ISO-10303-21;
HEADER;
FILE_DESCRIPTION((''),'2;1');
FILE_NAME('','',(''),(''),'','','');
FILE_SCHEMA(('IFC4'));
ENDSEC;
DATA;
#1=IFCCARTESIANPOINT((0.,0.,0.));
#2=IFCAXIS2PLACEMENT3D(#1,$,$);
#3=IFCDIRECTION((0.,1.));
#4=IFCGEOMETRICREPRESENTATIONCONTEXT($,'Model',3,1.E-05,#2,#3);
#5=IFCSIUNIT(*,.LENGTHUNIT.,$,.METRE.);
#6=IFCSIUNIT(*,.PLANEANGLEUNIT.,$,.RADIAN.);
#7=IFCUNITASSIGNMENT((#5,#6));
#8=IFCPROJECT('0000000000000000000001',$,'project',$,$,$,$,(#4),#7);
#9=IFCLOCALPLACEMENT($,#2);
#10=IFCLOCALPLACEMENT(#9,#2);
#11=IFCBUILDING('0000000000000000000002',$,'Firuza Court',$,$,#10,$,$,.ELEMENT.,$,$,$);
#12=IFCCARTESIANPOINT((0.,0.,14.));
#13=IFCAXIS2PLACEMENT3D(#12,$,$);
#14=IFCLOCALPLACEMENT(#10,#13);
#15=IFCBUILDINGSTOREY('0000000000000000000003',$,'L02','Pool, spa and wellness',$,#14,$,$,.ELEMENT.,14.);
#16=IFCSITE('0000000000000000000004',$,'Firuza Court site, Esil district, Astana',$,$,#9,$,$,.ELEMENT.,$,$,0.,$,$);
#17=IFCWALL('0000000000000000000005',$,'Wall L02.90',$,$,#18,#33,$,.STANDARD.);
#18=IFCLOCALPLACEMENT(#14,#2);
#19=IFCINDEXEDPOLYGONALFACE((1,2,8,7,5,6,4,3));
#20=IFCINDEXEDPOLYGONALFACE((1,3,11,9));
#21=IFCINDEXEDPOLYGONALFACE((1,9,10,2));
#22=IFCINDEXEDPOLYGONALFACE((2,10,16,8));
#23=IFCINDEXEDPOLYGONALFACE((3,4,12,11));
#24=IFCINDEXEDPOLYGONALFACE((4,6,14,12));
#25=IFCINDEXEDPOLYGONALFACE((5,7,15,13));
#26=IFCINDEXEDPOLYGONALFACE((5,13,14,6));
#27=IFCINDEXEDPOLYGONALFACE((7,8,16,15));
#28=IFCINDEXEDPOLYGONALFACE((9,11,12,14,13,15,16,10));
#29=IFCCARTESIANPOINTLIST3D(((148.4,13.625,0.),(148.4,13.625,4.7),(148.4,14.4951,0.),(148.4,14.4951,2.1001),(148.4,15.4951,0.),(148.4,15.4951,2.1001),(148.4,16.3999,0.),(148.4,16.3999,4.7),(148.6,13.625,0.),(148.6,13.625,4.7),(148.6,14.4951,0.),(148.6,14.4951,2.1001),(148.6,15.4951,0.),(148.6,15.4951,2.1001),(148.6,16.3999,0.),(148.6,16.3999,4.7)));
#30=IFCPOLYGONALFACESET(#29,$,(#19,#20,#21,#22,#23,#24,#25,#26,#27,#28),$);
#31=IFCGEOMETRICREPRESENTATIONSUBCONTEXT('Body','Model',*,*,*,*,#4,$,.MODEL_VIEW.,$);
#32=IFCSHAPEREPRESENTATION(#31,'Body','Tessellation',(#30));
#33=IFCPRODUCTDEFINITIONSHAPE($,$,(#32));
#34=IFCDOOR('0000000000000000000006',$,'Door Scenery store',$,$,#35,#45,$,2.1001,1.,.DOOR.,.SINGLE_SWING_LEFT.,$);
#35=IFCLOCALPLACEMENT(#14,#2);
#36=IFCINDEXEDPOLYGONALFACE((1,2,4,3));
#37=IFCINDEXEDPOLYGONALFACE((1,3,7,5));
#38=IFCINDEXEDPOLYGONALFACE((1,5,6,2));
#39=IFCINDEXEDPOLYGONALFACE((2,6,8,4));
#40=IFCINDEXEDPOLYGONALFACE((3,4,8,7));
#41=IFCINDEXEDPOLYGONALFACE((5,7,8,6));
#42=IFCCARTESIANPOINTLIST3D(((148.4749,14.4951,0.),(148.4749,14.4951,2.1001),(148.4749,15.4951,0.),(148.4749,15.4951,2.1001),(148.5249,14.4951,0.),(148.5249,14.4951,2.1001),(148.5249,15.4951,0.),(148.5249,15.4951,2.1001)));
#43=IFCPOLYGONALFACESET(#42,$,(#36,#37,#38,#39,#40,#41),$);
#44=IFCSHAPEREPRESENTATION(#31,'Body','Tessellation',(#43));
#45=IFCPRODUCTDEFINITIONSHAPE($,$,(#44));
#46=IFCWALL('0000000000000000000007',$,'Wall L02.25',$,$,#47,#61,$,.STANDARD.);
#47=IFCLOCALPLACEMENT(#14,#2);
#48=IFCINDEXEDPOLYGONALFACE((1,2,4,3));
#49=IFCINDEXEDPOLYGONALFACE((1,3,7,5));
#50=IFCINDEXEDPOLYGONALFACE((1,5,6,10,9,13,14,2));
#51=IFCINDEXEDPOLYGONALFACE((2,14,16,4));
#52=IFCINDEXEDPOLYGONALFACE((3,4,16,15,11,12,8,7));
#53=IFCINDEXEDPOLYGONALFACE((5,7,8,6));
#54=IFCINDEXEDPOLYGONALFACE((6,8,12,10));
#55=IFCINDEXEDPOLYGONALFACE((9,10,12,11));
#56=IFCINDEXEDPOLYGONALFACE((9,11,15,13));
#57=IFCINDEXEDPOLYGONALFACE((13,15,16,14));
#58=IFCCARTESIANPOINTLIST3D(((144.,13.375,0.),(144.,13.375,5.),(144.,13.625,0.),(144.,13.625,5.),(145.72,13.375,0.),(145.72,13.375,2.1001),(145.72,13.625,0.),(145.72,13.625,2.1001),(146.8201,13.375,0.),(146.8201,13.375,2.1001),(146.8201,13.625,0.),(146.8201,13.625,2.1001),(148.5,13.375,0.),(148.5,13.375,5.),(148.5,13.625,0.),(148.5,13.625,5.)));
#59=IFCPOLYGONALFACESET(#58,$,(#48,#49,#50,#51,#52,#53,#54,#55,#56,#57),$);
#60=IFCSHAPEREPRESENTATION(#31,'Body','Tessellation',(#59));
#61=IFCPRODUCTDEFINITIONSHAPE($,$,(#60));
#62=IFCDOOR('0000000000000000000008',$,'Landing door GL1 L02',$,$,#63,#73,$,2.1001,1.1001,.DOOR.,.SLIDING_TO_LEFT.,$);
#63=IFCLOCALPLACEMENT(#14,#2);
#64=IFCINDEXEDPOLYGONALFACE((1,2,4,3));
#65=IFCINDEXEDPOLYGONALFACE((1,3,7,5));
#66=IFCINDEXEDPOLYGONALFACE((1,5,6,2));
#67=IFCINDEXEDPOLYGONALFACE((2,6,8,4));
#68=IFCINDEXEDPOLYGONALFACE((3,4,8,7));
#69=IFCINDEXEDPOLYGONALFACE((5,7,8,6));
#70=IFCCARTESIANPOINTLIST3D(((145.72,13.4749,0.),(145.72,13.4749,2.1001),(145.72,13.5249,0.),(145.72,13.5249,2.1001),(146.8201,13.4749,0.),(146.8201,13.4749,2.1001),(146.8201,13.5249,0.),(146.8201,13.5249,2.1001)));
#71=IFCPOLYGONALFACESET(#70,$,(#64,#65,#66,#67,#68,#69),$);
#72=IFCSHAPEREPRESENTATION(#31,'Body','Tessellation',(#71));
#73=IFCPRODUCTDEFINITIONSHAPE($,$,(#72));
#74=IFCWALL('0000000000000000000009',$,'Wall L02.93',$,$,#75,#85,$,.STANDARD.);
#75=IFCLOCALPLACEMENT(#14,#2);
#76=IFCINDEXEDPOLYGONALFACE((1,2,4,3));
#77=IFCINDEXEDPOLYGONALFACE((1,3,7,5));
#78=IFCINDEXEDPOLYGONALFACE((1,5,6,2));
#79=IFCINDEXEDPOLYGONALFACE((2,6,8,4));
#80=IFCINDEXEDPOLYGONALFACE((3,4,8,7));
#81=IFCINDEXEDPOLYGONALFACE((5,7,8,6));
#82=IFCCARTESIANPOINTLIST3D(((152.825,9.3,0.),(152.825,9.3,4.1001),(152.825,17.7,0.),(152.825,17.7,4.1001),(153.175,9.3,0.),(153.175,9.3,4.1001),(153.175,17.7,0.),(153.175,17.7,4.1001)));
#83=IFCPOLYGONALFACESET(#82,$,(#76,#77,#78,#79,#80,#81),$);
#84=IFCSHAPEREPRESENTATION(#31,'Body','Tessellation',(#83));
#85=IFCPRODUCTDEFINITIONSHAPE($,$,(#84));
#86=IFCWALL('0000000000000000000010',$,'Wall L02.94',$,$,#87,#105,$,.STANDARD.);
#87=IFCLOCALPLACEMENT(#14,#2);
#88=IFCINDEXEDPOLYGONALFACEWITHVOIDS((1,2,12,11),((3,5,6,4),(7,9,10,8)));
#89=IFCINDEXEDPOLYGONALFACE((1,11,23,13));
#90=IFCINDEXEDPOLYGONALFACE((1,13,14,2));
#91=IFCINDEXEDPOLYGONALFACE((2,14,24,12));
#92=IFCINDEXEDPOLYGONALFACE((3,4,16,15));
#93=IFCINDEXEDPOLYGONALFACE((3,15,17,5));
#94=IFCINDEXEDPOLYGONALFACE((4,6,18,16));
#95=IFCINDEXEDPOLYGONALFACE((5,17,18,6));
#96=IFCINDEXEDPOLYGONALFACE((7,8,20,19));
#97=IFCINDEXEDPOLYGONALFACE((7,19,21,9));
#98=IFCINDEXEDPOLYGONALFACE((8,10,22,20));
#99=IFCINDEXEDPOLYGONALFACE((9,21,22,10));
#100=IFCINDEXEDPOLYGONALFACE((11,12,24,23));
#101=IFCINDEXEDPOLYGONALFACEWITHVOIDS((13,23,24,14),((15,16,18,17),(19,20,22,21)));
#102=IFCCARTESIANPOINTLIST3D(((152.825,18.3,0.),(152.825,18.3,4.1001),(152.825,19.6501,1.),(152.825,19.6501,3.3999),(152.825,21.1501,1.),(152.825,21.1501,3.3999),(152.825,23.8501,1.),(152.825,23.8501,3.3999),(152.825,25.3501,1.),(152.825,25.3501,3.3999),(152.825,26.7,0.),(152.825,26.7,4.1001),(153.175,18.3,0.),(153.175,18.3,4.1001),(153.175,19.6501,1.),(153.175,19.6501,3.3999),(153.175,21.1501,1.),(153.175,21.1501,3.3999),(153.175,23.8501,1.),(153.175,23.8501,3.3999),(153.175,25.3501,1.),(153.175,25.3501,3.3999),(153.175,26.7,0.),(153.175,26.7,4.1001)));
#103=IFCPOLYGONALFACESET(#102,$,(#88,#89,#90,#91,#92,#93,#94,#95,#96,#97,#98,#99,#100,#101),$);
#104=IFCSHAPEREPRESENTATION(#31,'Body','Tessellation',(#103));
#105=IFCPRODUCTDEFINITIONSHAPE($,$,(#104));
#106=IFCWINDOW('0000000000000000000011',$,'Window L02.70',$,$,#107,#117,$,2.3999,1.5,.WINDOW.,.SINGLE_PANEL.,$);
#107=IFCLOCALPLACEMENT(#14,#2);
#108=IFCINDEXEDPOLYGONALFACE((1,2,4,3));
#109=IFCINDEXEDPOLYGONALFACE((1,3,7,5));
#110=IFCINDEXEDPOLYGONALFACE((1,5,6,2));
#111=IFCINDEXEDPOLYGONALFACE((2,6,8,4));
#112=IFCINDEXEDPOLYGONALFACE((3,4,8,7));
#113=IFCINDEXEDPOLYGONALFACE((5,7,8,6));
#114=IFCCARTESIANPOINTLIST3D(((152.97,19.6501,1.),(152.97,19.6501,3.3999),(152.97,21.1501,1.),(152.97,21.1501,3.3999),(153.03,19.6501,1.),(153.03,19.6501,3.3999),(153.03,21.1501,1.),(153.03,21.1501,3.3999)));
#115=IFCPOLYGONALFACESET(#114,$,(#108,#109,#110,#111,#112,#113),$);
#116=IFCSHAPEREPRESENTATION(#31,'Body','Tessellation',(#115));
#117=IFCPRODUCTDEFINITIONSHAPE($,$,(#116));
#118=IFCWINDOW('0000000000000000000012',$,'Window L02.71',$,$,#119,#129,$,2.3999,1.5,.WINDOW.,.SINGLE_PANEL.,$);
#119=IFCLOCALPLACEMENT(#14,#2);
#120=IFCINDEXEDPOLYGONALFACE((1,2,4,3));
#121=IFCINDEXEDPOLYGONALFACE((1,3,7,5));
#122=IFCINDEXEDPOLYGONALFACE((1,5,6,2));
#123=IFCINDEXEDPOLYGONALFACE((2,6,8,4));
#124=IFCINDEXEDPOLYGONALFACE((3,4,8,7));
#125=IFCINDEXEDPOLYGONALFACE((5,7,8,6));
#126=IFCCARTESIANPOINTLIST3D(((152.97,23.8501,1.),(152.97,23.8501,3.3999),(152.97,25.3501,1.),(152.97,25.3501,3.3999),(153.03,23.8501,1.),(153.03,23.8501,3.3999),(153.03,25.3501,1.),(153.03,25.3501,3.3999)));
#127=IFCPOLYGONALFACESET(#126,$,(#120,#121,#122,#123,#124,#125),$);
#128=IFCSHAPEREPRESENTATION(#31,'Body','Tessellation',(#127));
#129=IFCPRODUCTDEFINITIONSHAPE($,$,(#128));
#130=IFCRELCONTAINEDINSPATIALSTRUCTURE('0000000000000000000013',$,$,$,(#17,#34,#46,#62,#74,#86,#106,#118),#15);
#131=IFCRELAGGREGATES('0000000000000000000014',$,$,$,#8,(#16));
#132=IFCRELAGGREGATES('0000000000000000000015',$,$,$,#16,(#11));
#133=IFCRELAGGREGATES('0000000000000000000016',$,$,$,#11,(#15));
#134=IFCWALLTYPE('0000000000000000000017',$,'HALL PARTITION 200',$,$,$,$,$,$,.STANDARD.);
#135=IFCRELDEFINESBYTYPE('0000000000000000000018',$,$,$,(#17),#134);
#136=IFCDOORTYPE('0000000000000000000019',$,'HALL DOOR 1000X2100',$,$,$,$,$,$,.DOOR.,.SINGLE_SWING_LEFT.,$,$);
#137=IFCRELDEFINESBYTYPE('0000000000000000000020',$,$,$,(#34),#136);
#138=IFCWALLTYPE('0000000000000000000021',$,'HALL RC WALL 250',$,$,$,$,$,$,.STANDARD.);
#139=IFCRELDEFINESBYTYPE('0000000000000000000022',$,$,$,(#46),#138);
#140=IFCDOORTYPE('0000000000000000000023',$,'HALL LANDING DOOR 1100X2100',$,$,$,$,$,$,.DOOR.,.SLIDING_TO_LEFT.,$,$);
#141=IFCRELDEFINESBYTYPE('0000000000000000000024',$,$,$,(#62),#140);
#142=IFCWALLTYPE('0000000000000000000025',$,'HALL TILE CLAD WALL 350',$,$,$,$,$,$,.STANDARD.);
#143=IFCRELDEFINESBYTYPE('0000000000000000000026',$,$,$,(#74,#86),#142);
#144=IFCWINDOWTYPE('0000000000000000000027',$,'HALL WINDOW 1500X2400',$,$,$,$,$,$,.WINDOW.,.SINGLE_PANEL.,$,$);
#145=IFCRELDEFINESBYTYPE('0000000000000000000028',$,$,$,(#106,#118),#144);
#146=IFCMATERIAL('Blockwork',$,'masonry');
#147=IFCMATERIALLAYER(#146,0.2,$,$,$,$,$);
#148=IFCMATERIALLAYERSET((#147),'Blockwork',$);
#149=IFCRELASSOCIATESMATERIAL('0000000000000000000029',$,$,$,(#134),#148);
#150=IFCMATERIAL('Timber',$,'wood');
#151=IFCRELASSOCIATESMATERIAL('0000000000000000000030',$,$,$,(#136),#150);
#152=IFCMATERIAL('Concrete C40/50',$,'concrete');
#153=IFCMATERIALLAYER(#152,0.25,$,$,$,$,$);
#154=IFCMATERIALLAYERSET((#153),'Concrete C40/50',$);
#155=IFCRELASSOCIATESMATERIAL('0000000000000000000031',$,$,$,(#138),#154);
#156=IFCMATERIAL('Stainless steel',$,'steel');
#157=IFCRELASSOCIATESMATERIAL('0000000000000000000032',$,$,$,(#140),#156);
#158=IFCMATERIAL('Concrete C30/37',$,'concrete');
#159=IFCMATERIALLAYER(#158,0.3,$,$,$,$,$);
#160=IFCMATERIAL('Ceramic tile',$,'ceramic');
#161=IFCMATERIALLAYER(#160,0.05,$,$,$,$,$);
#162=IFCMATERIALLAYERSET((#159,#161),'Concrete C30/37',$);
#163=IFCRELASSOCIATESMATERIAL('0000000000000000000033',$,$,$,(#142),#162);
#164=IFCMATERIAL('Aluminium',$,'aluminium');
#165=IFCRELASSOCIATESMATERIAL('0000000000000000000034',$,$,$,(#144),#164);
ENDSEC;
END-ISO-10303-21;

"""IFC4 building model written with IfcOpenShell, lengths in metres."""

from ifc_helpers import new_model, si_unit, direction, frame, frame_2d, origin, place, context, subcontext, project, spatial, rectangle, extrude, material, layer, layer_set, type_object, element, fill, save


model = new_model("IFC4")

# Units and contexts
model_context = context("Model", 3, precision=1e-05, world=origin(), true_north=direction((0.0, 1.0)))
body_context = subcontext(model_context, "Body", "Model", "MODEL_VIEW")
ifc_project = project(units=[si_unit("LENGTHUNIT", "METRE"), si_unit("PLANEANGLEUNIT", "RADIAN")], contexts=[model_context])

# Site, building, storey
site_placement = place(None, origin())
site = spatial("IfcSite", under=ifc_project, at=site_placement, Name="Firuza Court site, Esil district, Astana", CompositionType="ELEMENT", RefElevation=0.0)
building_placement = place(site_placement, origin())
building = spatial("IfcBuilding", under=site, at=building_placement, Name="Firuza Court", CompositionType="ELEMENT")
storey_placement = place(building_placement, frame((0.0, 0.0, 14.0)))
storey = spatial("IfcBuildingStorey", under=building, at=storey_placement, Name="L02", Description="Pool, spa and wellness", CompositionType="ELEMENT", Elevation=14.0)

# Shared definitions
ifc_material_1 = material(Name="Blockwork", Category="masonry")
ifc_layer_1 = layer(ifc_material_1, 0.2)
ifc_layer_set_1 = layer_set([ifc_layer_1], Name="Blockwork")
wall_type_1 = type_object("IfcWallType", Name="HALL PARTITION 200", PredefinedType="STANDARD", material=ifc_layer_set_1)

# Walls, openings, doors
ifc_material_2 = material(Name="Timber", Category="wood")
door_type_1 = type_object("IfcDoorType", Name="HALL DOOR 1000X2100", OperationType="SINGLE_SWING_LEFT", PredefinedType="DOOR", material=ifc_material_2)
wall_1_placement = place(storey_placement, frame((148.5, 13.625, 0.0), z_axis=(0.0, 0.0, 1.0), x_axis=(0.0, 1.0, 0.0)))
wall_1 = element("IfcWall", 1, at=wall_1_placement, inside=storey, type_object=wall_type_1, Name="Wall L02.90", PredefinedType="STANDARD", context=body_context, shape_type="SweptSolid", body=[
    extrude(rectangle(XDim=2.7749, YDim=0.2, at=frame_2d((1.3875, 0.0))), origin(), (0.0, 0.0, 1.0), 4.7),
])
opening_1_placement = place(wall_1_placement, frame((0.8701, 0.0, 0.0)))
opening_1 = element("IfcOpeningElement", 2, at=opening_1_placement, cuts=wall_1, PredefinedType="OPENING", context=body_context, shape_type="SweptSolid", body=[
    extrude(rectangle(XDim=1.0, YDim=2.1001, at=frame_2d((0.5, 1.05))), frame((0.0, 0.1118, 0.0), z_axis=(0.0, -1.0, 0.0), x_axis=(1.0, 0.0, 0.0)), (0.0, 0.0, 1.0), 0.2239),
])
door_1_placement = place(opening_1_placement, frame((1.0, 0.0, 0.0), z_axis=(0.0, 0.0, 1.0), x_axis=(-1.0, 0.0, 0.0)))
door_1 = element("IfcDoor", 3, at=door_1_placement, inside=storey, type_object=door_type_1, Name="Door Scenery store", OperationType="SINGLE_SWING_LEFT", OverallHeight=2.1001, OverallWidth=1.0, PredefinedType="DOOR", context=body_context, shape_type="SweptSolid", body=[
    extrude(rectangle(XDim=1.0, YDim=2.1001, at=frame_2d((0.5, 1.05))), frame((0.0, 0.0249, 0.0), z_axis=(0.0, -1.0, 0.0), x_axis=(1.0, 0.0, 0.0)), (0.0, 0.0, 1.0), 0.05),
])
fill(opening_1, door_1)
ifc_material_3 = material(Name="Concrete C40/50", Category="concrete")
ifc_layer_2 = layer(ifc_material_3, 0.25)
ifc_layer_set_2 = layer_set([ifc_layer_2], Name="Concrete C40/50")
wall_type_2 = type_object("IfcWallType", Name="HALL RC WALL 250", PredefinedType="STANDARD", material=ifc_layer_set_2)
wall_2_placement = place(storey_placement, frame((144.0, 13.5, 0.0), z_axis=(0.0, 0.0, 1.0), x_axis=(1.0, 0.0, 0.0)))
wall_2 = element("IfcWall", 4, at=wall_2_placement, inside=storey, type_object=wall_type_2, Name="Wall L02.25", PredefinedType="STANDARD", context=body_context, shape_type="SweptSolid", body=[
    extrude(rectangle(XDim=4.5, YDim=0.25, at=frame_2d((2.25, 0.0))), origin(), (0.0, 0.0, 1.0), 5.0),
])
opening_2_placement = place(wall_2_placement, frame((1.72, 0.0, 0.0)))
opening_2 = element("IfcOpeningElement", 5, at=opening_2_placement, cuts=wall_2, PredefinedType="OPENING", context=body_context, shape_type="SweptSolid", body=[
    extrude(rectangle(XDim=1.1001, YDim=2.1001, at=frame_2d((0.55, 1.05))), frame((0.0, 0.137, 0.0), z_axis=(0.0, -1.0, 0.0), x_axis=(1.0, 0.0, 0.0)), (0.0, 0.0, 1.0), 0.2739),
])
ifc_material_4 = material(Name="Stainless steel", Category="steel")
door_type_2 = type_object("IfcDoorType", Name="HALL LANDING DOOR 1100X2100", OperationType="SLIDING_TO_LEFT", PredefinedType="DOOR", material=ifc_material_4)
door_2_placement = place(opening_2_placement, origin())
door_2 = element("IfcDoor", 6, at=door_2_placement, inside=storey, type_object=door_type_2, Name="Landing door GL1 L02", OperationType="SLIDING_TO_LEFT", OverallHeight=2.1001, OverallWidth=1.1001, PredefinedType="DOOR", context=body_context, shape_type="SweptSolid", body=[
    extrude(rectangle(XDim=1.1001, YDim=2.1001, at=frame_2d((0.55, 1.05))), frame((0.0, 0.0249, 0.0), z_axis=(0.0, -1.0, 0.0), x_axis=(1.0, 0.0, 0.0)), (0.0, 0.0, 1.0), 0.05),
])
fill(opening_2, door_2)

# Wall
ifc_material_5 = material(Name="Concrete C30/37", Category="concrete")
ifc_layer_3 = layer(ifc_material_5, 0.3)
ifc_material_6 = material(Name="Ceramic tile", Category="ceramic")
ifc_layer_4 = layer(ifc_material_6, 0.05)
ifc_layer_set_3 = layer_set([ifc_layer_3, ifc_layer_4], Name="Concrete C30/37")
wall_type_3 = type_object("IfcWallType", Name="HALL TILE CLAD WALL 350", PredefinedType="STANDARD", material=ifc_layer_set_3)
wall_3_placement = place(storey_placement, frame((153.0, 9.3, 0.0), z_axis=(0.0, 0.0, 1.0), x_axis=(0.0, 1.0, 0.0)))
element("IfcWall", 7, at=wall_3_placement, inside=storey, type_object=wall_type_3, Name="Wall L02.93", PredefinedType="STANDARD", context=body_context, shape_type="SweptSolid", body=[
    extrude(rectangle(XDim=8.3999, YDim=0.3501, at=frame_2d((4.2, 0.0))), origin(), (0.0, 0.0, 1.0), 4.1001),
])

# Wall, openings, windows
wall_4_placement = place(storey_placement, frame((153.0, 18.3, 0.0), z_axis=(0.0, 0.0, 1.0), x_axis=(0.0, 1.0, 0.0)))
wall_4 = element("IfcWall", 8, at=wall_4_placement, inside=storey, type_object=wall_type_3, Name="Wall L02.94", PredefinedType="STANDARD", context=body_context, shape_type="SweptSolid", body=[
    extrude(rectangle(XDim=8.3999, YDim=0.3501, at=frame_2d((4.2, 0.0))), origin(), (0.0, 0.0, 1.0), 4.1001),
])
opening_3_placement = place(wall_4_placement, frame((1.3501, 0.0, 1.0)))
opening_3 = element("IfcOpeningElement", 9, at=opening_3_placement, cuts=wall_4, PredefinedType="OPENING", context=body_context, shape_type="SweptSolid", body=[
    extrude(rectangle(XDim=1.5, YDim=2.3999, at=frame_2d((0.75, 1.2))), frame((0.0, 0.187, 0.0), z_axis=(0.0, -1.0, 0.0), x_axis=(1.0, 0.0, 0.0)), (0.0, 0.0, 1.0), 0.374),
])
opening_4_placement = place(wall_4_placement, frame((5.55, 0.0, 1.0)))
opening_4 = element("IfcOpeningElement", 10, at=opening_4_placement, cuts=wall_4, PredefinedType="OPENING", context=body_context, shape_type="SweptSolid", body=[
    extrude(rectangle(XDim=1.5, YDim=2.3999, at=frame_2d((0.75, 1.2))), frame((0.0, 0.187, 0.0), z_axis=(0.0, -1.0, 0.0), x_axis=(1.0, 0.0, 0.0)), (0.0, 0.0, 1.0), 0.374),
])
ifc_material_7 = material(Name="Aluminium", Category="aluminium")
window_type = type_object("IfcWindowType", Name="HALL WINDOW 1500X2400", PartitioningType="SINGLE_PANEL", PredefinedType="WINDOW", material=ifc_material_7)
window_1_placement = place(opening_3_placement, origin())
window_1 = element("IfcWindow", 11, at=window_1_placement, inside=storey, type_object=window_type, Name="Window L02.70", OverallHeight=2.3999, OverallWidth=1.5, PartitioningType="SINGLE_PANEL", PredefinedType="WINDOW", context=body_context, shape_type="SweptSolid", body=[
    extrude(rectangle(XDim=1.5, YDim=2.3999, at=frame_2d((0.75, 1.2))), frame((0.0, 0.03, 0.0), z_axis=(0.0, -1.0, 0.0), x_axis=(1.0, 0.0, 0.0)), (0.0, 0.0, 1.0), 0.0601),
])
fill(opening_3, window_1)
window_2_placement = place(opening_4_placement, origin())
window_2 = element("IfcWindow", 12, at=window_2_placement, inside=storey, type_object=window_type, Name="Window L02.71", OverallHeight=2.3999, OverallWidth=1.5, PartitioningType="SINGLE_PANEL", PredefinedType="WINDOW", context=body_context, shape_type="SweptSolid", body=[
    extrude(rectangle(XDim=1.5, YDim=2.3999, at=frame_2d((0.75, 1.2))), frame((0.0, 0.03, 0.0), z_axis=(0.0, -1.0, 0.0), x_axis=(1.0, 0.0, 0.0)), (0.0, 0.0, 1.0), 0.0601),
])
fill(opening_4, window_2)

save(model, "model.ifc")
